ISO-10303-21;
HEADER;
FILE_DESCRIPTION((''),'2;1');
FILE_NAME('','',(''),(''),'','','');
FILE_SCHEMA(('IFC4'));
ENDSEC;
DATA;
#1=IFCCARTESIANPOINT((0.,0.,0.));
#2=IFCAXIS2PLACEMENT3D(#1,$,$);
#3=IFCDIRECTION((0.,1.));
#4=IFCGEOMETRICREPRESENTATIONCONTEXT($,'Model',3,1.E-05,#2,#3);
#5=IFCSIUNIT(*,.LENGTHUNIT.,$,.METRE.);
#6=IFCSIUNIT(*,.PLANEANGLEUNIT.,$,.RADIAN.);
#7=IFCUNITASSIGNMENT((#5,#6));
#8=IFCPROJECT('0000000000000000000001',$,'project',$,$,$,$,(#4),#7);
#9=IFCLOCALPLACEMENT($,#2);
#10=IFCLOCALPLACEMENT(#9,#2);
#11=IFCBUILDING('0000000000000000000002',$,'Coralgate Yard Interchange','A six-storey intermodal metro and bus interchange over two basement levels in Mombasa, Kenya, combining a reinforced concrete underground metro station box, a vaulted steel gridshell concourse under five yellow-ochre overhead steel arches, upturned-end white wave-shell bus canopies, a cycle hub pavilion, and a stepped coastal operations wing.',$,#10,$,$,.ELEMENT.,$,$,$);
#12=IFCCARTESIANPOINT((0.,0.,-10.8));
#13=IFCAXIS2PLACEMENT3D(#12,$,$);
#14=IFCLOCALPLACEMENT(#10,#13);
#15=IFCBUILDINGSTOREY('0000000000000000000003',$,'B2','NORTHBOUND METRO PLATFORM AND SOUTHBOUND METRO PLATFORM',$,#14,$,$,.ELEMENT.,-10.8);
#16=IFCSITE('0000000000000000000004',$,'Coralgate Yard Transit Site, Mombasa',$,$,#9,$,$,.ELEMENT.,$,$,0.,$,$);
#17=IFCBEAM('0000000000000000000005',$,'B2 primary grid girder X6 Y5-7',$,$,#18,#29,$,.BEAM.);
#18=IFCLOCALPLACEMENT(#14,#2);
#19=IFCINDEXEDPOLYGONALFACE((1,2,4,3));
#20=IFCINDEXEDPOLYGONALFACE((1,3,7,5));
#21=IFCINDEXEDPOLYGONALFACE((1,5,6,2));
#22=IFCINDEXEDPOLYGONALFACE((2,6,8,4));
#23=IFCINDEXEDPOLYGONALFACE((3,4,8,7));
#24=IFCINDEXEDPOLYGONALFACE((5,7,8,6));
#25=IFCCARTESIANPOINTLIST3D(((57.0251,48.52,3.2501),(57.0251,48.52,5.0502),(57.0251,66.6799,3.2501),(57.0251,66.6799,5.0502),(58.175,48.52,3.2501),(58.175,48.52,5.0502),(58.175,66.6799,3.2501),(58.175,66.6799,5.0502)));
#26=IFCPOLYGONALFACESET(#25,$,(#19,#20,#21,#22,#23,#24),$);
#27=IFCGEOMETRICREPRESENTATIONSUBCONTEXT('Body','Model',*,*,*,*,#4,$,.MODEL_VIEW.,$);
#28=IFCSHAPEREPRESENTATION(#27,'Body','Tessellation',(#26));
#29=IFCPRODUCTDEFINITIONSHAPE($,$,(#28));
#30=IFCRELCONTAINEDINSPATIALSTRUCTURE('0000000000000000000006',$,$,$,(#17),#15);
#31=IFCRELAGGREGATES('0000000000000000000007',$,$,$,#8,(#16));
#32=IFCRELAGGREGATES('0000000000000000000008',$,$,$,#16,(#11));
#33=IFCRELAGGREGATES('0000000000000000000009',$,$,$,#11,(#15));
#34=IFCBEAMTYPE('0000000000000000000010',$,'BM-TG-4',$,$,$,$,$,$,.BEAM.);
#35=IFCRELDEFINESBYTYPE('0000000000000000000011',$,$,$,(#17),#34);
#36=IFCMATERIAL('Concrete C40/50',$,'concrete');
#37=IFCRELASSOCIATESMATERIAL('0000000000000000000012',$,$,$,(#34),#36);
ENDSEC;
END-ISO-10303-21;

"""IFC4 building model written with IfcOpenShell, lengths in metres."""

from ifc_helpers import new_model, si_unit, direction, frame, origin, origin_2d, place, context, subcontext, project, spatial, rectangle, extrude, material, material_profile, profile_set, type_object, element, save


model = new_model("IFC4")

# Units and contexts
model_context = context("Model", 3, precision=1e-05, world=origin(), true_north=direction((0.0, 1.0)))
body_context = subcontext(model_context, "Body", "Model", "MODEL_VIEW")
ifc_project = project(units=[si_unit("LENGTHUNIT", "METRE"), si_unit("PLANEANGLEUNIT", "RADIAN")], contexts=[model_context])

# Site, building, storey
site_placement = place(None, origin())
site = spatial("IfcSite", under=ifc_project, at=site_placement, Name="Coralgate Yard Transit Site, Mombasa", CompositionType="ELEMENT", RefElevation=0.0)
building_placement = place(site_placement, origin())
building = spatial("IfcBuilding", under=site, at=building_placement, Name="Coralgate Yard Interchange", Description="A six-storey intermodal metro and bus interchange over two basement levels in Mombasa, Kenya, combining a reinforced concrete underground metro station box, a vaulted steel gridshell concourse under five yellow-ochre overhead steel arches, upturned-end white wave-shell bus canopies, a cycle hub pavilion, and a stepped coastal operations wing.", CompositionType="ELEMENT")
storey_placement = place(building_placement, frame((0.0, 0.0, -10.8)))
storey = spatial("IfcBuildingStorey", under=building, at=storey_placement, Name="B2", Description="NORTHBOUND METRO PLATFORM AND SOUTHBOUND METRO PLATFORM", CompositionType="ELEMENT", Elevation=-10.8)

# Shared definitions
ifc_material_1 = material(Name="Concrete C40/50", Category="concrete")

# Beam
ifc_material_profile_1 = material_profile(ifc_material_1, rectangle(XDim=1.1499, YDim=1.8, at=origin_2d()), Name="RC 1150x1800")
ifc_profile_set_1 = profile_set([ifc_material_profile_1], Name="Concrete C40/50")
beam_type_1 = type_object("IfcBeamType", Name="BM-TG-4", PredefinedType="BEAM", material=ifc_profile_set_1)
beam_1_placement = place(storey_placement, frame((57.6001, 48.52, 4.1501), z_axis=(0.0, 1.0, 0.0), x_axis=(-1.0, 0.0, 0.0)))
element("IfcBeam", 1, at=beam_1_placement, inside=storey, type_object=beam_type_1, Name="B2 primary grid girder X6 Y5-7", PredefinedType="BEAM", context=body_context, shape_type="SweptSolid", body=[
    extrude(rectangle(XDim=1.1499, YDim=1.8, at=origin_2d()), origin(), (0.0, 0.0, 1.0), 18.1599),
])

save(model, "model.ifc")
